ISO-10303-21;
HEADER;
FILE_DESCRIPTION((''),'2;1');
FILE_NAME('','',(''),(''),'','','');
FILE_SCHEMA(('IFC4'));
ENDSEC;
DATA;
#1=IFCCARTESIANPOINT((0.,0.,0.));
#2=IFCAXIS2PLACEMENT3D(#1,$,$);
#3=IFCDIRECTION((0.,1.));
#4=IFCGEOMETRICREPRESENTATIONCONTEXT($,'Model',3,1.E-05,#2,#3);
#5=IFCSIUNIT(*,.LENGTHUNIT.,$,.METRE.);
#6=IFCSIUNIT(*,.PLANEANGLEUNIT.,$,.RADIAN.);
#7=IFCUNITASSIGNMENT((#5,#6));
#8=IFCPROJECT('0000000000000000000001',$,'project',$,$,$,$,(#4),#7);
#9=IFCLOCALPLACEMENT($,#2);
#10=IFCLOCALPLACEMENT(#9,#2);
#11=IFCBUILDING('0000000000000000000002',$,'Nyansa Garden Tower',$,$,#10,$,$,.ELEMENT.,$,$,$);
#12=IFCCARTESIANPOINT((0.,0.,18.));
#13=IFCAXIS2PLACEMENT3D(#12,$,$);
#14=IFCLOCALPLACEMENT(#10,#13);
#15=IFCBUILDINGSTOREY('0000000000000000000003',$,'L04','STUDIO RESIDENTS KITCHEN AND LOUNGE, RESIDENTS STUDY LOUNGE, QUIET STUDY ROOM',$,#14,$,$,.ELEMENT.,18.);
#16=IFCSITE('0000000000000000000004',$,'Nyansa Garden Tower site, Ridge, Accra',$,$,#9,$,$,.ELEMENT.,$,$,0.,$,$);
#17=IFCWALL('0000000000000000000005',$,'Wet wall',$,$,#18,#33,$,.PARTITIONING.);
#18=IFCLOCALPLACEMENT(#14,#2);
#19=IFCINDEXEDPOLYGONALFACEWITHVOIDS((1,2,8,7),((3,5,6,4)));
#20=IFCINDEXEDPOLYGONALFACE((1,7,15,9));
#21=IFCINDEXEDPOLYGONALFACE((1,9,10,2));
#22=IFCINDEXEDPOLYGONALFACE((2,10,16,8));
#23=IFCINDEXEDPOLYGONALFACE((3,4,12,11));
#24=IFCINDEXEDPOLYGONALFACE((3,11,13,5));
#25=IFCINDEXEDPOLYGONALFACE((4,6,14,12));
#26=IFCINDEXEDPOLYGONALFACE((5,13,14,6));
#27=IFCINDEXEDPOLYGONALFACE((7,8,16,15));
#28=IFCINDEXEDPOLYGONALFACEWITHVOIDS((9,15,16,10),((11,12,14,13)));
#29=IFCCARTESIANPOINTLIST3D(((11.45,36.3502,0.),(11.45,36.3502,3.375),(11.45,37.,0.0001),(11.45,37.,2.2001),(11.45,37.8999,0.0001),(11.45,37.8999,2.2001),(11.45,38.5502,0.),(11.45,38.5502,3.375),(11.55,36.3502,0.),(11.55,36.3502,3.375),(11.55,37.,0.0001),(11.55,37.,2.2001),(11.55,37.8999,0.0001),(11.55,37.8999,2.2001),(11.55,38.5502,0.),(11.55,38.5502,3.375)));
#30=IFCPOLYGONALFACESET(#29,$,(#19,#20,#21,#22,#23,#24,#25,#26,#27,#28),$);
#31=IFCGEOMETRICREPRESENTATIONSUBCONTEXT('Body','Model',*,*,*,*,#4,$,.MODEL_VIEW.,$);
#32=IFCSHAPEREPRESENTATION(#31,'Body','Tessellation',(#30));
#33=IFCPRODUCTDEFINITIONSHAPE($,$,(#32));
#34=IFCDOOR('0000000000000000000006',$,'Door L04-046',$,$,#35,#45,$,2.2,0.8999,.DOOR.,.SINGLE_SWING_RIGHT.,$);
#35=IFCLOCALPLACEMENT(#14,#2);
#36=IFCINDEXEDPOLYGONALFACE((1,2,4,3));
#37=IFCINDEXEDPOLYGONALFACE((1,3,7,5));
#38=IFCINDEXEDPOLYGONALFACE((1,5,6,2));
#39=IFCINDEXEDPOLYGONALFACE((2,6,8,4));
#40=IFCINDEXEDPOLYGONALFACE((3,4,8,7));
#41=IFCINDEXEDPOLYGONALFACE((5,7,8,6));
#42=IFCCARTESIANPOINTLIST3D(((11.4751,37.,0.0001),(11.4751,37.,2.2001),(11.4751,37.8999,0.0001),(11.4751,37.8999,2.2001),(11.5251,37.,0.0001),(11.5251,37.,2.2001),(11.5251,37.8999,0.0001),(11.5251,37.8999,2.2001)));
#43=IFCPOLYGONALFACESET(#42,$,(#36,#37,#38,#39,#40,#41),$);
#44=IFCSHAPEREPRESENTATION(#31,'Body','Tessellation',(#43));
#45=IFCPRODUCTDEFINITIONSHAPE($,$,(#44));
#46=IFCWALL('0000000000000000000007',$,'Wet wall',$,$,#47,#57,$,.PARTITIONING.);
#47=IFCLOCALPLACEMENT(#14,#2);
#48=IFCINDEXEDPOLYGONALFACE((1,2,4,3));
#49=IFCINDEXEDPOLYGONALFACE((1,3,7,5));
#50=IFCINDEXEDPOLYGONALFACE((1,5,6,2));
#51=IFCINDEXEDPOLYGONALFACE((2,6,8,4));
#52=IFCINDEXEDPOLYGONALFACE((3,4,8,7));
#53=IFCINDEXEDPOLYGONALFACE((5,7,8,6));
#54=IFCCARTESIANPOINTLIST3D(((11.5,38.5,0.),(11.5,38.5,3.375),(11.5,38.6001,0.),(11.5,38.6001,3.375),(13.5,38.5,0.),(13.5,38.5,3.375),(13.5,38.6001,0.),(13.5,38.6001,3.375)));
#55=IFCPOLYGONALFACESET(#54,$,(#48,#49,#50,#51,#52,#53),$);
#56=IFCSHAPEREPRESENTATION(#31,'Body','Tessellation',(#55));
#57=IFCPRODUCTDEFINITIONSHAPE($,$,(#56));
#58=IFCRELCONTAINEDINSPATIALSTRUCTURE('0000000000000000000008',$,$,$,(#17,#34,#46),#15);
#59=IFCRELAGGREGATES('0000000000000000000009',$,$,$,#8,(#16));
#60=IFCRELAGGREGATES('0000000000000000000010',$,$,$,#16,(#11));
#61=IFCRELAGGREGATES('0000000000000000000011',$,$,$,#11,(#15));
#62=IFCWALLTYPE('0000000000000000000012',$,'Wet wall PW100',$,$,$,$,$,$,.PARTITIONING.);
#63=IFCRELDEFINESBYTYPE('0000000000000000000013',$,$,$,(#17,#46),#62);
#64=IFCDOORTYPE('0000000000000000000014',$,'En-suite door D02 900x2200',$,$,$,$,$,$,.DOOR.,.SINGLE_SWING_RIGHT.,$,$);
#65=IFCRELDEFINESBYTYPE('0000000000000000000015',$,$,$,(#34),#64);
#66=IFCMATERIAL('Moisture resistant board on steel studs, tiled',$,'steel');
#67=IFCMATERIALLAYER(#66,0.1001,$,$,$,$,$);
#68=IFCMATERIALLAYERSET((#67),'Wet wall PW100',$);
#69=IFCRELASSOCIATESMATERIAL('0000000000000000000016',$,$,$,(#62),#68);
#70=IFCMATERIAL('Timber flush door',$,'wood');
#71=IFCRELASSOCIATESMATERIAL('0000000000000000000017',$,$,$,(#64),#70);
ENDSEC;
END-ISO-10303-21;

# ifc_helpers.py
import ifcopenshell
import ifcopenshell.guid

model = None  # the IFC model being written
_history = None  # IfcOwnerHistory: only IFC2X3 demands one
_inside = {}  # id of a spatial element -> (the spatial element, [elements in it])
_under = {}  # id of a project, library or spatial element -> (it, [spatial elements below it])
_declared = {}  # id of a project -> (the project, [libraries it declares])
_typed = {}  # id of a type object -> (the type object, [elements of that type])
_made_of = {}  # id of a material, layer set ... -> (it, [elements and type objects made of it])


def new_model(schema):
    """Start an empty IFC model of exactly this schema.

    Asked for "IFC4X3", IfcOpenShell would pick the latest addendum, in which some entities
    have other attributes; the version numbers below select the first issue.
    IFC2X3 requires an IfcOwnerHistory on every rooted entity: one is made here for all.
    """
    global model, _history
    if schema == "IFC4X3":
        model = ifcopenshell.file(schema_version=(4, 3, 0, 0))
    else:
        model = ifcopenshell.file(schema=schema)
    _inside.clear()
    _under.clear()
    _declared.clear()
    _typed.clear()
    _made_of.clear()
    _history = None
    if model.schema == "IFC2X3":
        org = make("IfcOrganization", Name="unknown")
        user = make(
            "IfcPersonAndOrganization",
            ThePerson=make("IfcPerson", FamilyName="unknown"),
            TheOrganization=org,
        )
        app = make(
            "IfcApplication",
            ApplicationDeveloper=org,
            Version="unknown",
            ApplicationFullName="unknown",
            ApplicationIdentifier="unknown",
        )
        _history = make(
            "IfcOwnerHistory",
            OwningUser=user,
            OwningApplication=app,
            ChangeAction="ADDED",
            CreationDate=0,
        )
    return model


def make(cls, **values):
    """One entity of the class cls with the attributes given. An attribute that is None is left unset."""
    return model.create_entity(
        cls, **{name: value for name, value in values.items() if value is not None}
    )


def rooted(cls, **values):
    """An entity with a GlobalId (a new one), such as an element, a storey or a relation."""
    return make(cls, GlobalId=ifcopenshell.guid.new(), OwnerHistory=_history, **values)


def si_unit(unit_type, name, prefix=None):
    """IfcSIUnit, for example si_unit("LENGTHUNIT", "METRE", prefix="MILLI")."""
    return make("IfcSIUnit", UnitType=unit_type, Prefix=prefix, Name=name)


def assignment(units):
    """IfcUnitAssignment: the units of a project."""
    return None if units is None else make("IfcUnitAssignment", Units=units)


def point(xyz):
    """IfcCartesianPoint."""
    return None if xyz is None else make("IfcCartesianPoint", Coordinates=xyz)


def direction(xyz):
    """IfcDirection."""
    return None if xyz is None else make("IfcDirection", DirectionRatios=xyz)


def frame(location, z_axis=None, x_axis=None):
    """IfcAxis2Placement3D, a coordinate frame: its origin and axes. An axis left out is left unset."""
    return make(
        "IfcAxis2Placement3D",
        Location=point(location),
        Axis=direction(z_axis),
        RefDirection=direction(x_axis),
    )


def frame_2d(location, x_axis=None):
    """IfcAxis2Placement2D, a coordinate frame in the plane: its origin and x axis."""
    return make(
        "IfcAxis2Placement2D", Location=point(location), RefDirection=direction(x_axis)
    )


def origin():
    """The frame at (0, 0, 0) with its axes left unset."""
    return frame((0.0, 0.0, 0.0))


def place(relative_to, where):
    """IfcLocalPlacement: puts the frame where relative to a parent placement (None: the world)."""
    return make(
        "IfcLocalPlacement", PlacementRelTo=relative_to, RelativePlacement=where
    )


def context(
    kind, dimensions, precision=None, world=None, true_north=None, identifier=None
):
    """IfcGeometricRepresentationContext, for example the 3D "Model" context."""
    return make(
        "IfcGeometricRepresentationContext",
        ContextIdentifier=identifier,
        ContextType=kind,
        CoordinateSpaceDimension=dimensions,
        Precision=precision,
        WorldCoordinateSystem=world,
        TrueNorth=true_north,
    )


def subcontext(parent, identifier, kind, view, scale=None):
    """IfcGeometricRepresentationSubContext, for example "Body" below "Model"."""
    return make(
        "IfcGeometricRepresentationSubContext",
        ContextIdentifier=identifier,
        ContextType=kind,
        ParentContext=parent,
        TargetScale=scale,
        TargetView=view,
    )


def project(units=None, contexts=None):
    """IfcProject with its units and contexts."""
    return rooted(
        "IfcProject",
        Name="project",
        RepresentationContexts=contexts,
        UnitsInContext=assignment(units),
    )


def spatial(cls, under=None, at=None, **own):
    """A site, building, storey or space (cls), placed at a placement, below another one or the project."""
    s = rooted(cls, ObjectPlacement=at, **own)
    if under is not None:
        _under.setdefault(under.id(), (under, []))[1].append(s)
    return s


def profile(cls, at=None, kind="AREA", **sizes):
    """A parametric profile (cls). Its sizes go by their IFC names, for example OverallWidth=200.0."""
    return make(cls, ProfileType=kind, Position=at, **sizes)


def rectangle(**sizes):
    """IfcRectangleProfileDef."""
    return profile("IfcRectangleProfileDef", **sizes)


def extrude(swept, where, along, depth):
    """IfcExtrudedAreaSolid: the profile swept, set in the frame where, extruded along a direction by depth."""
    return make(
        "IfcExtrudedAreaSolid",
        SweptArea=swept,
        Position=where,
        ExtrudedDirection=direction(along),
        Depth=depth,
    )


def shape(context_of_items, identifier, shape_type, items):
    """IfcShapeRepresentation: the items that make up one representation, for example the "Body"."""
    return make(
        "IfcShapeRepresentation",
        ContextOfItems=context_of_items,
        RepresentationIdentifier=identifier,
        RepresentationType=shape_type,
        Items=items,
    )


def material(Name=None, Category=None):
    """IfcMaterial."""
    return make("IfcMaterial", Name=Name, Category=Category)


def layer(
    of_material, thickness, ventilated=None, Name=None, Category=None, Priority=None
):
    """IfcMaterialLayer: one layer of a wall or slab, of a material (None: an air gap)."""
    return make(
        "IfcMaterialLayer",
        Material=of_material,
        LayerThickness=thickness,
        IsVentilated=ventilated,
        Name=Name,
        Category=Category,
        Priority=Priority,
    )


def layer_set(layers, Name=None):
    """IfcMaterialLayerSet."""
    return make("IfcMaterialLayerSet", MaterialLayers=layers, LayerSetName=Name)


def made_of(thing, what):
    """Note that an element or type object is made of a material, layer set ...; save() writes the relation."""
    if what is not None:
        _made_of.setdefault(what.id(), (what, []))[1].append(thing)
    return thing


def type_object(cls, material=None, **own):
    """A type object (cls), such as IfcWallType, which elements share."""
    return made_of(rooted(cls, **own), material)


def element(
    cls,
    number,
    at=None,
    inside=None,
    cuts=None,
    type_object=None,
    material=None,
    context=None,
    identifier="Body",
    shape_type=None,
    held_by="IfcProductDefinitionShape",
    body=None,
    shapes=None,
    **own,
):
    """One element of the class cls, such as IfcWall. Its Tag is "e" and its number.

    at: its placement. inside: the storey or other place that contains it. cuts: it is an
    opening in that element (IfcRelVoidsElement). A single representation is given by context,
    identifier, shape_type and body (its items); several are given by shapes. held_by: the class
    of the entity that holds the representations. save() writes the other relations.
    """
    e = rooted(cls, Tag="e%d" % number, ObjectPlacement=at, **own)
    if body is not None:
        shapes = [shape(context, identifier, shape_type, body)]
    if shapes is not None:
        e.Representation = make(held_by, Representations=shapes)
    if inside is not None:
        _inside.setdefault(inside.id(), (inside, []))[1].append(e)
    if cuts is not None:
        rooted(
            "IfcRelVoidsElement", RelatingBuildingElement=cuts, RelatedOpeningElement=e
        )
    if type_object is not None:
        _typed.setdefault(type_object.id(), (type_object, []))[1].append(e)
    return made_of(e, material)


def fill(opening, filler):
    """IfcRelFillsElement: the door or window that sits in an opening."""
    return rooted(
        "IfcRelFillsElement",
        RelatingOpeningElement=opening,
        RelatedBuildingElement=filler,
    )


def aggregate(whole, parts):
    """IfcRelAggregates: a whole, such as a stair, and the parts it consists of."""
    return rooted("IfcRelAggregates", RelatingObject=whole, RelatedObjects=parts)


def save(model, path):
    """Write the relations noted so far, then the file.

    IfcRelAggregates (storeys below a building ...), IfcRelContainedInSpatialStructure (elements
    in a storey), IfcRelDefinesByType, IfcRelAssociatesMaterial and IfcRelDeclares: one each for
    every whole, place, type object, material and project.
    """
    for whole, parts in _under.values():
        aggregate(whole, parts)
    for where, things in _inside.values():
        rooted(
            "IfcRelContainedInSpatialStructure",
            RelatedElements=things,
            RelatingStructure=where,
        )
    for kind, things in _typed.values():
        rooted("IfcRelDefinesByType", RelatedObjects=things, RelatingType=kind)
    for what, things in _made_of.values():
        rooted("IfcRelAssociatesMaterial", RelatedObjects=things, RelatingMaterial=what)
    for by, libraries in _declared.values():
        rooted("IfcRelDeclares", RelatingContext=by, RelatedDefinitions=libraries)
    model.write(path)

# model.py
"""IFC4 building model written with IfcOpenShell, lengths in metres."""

from ifc_helpers import new_model, si_unit, direction, frame, frame_2d, origin, place, context, subcontext, project, spatial, rectangle, extrude, material, layer, layer_set, type_object, element, fill, save


model = new_model("IFC4")

# Units and contexts
model_context = context("Model", 3, precision=1e-05, world=origin(), true_north=direction((0.0, 1.0)))
body_context = subcontext(model_context, "Body", "Model", "MODEL_VIEW")
ifc_project = project(units=[si_unit("LENGTHUNIT", "METRE"), si_unit("PLANEANGLEUNIT", "RADIAN")], contexts=[model_context])

# Site, building, storey
site_placement = place(None, origin())
site = spatial("IfcSite", under=ifc_project, at=site_placement, Name="Nyansa Garden Tower site, Ridge, Accra", CompositionType="ELEMENT", RefElevation=0.0)
building_placement = place(site_placement, origin())
building = spatial("IfcBuilding", under=site, at=building_placement, Name="Nyansa Garden Tower", CompositionType="ELEMENT")
storey_placement = place(building_placement, frame((0.0, 0.0, 18.0)))
storey = spatial("IfcBuildingStorey", under=building, at=storey_placement, Name="L04", Description="STUDIO RESIDENTS KITCHEN AND LOUNGE, RESIDENTS STUDY LOUNGE, QUIET STUDY ROOM", CompositionType="ELEMENT", Elevation=18.0)

# Shared definitions
ifc_material_1 = material(Name="Moisture resistant board on steel studs, tiled", Category="steel")
ifc_layer_1 = layer(ifc_material_1, 0.1001)
ifc_layer_set_1 = layer_set([ifc_layer_1], Name="Wet wall PW100")
wall_type_1 = type_object("IfcWallType", Name="Wet wall PW100", PredefinedType="PARTITIONING", material=ifc_layer_set_1)

# Wall, opening, door
wall_1_placement = place(storey_placement, frame((11.5, 36.3501, 0.0), z_axis=(0.0, 0.0, 1.0), x_axis=(0.0, 1.0, 0.0)))
wall_1 = element("IfcWall", 1, at=wall_1_placement, inside=storey, type_object=wall_type_1, Name="Wet wall", PredefinedType="PARTITIONING", context=body_context, shape_type="SweptSolid", body=[
    extrude(rectangle(XDim=2.2, YDim=0.1001, at=frame_2d((1.1001, 0.0))), origin(), (0.0, 0.0, 1.0), 3.375),
])
opening_1_placement = place(wall_1_placement, frame((0.6499, 0.0, 0.0)))
opening_1 = element("IfcOpeningElement", 2, at=opening_1_placement, cuts=wall_1, PredefinedType="OPENING", context=body_context, shape_type="SweptSolid", body=[
    extrude(rectangle(XDim=0.8999, YDim=2.2, at=frame_2d((0.45, 1.1001))), frame((0.0, 0.0601, 0.0), z_axis=(0.0, -1.0, 0.0), x_axis=(1.0, 0.0, 0.0)), (0.0, 0.0, 1.0), 0.1201),
])
ifc_material_2 = material(Name="Timber flush door", Category="wood")
door_type_1 = type_object("IfcDoorType", Name="En-suite door D02 900x2200", OperationType="SINGLE_SWING_RIGHT", PredefinedType="DOOR", material=ifc_material_2)
door_1_placement = place(opening_1_placement, origin())
door_1 = element("IfcDoor", 3, at=door_1_placement, inside=storey, type_object=door_type_1, Name="Door L04-046", OperationType="SINGLE_SWING_RIGHT", OverallHeight=2.2, OverallWidth=0.8999, PredefinedType="DOOR", context=body_context, shape_type="SweptSolid", body=[
    extrude(rectangle(XDim=0.8999, YDim=2.2, at=frame_2d((0.45, 1.1001))), frame((0.0, 0.0249, 0.0), z_axis=(0.0, -1.0, 0.0), x_axis=(1.0, 0.0, 0.0)), (0.0, 0.0, 1.0), 0.05),
])
fill(opening_1, door_1)

# Wall
wall_2_placement = place(storey_placement, frame((11.5, 38.55, 0.0), z_axis=(0.0, 0.0, 1.0), x_axis=(1.0, 0.0, 0.0)))
element("IfcWall", 4, at=wall_2_placement, inside=storey, type_object=wall_type_1, Name="Wet wall", PredefinedType="PARTITIONING", context=body_context, shape_type="SweptSolid", body=[
    extrude(rectangle(XDim=2.0, YDim=0.1001, at=frame_2d((1.0, 0.0))), origin(), (0.0, 0.0, 1.0), 3.375),
])

save(model, "model.ifc")
